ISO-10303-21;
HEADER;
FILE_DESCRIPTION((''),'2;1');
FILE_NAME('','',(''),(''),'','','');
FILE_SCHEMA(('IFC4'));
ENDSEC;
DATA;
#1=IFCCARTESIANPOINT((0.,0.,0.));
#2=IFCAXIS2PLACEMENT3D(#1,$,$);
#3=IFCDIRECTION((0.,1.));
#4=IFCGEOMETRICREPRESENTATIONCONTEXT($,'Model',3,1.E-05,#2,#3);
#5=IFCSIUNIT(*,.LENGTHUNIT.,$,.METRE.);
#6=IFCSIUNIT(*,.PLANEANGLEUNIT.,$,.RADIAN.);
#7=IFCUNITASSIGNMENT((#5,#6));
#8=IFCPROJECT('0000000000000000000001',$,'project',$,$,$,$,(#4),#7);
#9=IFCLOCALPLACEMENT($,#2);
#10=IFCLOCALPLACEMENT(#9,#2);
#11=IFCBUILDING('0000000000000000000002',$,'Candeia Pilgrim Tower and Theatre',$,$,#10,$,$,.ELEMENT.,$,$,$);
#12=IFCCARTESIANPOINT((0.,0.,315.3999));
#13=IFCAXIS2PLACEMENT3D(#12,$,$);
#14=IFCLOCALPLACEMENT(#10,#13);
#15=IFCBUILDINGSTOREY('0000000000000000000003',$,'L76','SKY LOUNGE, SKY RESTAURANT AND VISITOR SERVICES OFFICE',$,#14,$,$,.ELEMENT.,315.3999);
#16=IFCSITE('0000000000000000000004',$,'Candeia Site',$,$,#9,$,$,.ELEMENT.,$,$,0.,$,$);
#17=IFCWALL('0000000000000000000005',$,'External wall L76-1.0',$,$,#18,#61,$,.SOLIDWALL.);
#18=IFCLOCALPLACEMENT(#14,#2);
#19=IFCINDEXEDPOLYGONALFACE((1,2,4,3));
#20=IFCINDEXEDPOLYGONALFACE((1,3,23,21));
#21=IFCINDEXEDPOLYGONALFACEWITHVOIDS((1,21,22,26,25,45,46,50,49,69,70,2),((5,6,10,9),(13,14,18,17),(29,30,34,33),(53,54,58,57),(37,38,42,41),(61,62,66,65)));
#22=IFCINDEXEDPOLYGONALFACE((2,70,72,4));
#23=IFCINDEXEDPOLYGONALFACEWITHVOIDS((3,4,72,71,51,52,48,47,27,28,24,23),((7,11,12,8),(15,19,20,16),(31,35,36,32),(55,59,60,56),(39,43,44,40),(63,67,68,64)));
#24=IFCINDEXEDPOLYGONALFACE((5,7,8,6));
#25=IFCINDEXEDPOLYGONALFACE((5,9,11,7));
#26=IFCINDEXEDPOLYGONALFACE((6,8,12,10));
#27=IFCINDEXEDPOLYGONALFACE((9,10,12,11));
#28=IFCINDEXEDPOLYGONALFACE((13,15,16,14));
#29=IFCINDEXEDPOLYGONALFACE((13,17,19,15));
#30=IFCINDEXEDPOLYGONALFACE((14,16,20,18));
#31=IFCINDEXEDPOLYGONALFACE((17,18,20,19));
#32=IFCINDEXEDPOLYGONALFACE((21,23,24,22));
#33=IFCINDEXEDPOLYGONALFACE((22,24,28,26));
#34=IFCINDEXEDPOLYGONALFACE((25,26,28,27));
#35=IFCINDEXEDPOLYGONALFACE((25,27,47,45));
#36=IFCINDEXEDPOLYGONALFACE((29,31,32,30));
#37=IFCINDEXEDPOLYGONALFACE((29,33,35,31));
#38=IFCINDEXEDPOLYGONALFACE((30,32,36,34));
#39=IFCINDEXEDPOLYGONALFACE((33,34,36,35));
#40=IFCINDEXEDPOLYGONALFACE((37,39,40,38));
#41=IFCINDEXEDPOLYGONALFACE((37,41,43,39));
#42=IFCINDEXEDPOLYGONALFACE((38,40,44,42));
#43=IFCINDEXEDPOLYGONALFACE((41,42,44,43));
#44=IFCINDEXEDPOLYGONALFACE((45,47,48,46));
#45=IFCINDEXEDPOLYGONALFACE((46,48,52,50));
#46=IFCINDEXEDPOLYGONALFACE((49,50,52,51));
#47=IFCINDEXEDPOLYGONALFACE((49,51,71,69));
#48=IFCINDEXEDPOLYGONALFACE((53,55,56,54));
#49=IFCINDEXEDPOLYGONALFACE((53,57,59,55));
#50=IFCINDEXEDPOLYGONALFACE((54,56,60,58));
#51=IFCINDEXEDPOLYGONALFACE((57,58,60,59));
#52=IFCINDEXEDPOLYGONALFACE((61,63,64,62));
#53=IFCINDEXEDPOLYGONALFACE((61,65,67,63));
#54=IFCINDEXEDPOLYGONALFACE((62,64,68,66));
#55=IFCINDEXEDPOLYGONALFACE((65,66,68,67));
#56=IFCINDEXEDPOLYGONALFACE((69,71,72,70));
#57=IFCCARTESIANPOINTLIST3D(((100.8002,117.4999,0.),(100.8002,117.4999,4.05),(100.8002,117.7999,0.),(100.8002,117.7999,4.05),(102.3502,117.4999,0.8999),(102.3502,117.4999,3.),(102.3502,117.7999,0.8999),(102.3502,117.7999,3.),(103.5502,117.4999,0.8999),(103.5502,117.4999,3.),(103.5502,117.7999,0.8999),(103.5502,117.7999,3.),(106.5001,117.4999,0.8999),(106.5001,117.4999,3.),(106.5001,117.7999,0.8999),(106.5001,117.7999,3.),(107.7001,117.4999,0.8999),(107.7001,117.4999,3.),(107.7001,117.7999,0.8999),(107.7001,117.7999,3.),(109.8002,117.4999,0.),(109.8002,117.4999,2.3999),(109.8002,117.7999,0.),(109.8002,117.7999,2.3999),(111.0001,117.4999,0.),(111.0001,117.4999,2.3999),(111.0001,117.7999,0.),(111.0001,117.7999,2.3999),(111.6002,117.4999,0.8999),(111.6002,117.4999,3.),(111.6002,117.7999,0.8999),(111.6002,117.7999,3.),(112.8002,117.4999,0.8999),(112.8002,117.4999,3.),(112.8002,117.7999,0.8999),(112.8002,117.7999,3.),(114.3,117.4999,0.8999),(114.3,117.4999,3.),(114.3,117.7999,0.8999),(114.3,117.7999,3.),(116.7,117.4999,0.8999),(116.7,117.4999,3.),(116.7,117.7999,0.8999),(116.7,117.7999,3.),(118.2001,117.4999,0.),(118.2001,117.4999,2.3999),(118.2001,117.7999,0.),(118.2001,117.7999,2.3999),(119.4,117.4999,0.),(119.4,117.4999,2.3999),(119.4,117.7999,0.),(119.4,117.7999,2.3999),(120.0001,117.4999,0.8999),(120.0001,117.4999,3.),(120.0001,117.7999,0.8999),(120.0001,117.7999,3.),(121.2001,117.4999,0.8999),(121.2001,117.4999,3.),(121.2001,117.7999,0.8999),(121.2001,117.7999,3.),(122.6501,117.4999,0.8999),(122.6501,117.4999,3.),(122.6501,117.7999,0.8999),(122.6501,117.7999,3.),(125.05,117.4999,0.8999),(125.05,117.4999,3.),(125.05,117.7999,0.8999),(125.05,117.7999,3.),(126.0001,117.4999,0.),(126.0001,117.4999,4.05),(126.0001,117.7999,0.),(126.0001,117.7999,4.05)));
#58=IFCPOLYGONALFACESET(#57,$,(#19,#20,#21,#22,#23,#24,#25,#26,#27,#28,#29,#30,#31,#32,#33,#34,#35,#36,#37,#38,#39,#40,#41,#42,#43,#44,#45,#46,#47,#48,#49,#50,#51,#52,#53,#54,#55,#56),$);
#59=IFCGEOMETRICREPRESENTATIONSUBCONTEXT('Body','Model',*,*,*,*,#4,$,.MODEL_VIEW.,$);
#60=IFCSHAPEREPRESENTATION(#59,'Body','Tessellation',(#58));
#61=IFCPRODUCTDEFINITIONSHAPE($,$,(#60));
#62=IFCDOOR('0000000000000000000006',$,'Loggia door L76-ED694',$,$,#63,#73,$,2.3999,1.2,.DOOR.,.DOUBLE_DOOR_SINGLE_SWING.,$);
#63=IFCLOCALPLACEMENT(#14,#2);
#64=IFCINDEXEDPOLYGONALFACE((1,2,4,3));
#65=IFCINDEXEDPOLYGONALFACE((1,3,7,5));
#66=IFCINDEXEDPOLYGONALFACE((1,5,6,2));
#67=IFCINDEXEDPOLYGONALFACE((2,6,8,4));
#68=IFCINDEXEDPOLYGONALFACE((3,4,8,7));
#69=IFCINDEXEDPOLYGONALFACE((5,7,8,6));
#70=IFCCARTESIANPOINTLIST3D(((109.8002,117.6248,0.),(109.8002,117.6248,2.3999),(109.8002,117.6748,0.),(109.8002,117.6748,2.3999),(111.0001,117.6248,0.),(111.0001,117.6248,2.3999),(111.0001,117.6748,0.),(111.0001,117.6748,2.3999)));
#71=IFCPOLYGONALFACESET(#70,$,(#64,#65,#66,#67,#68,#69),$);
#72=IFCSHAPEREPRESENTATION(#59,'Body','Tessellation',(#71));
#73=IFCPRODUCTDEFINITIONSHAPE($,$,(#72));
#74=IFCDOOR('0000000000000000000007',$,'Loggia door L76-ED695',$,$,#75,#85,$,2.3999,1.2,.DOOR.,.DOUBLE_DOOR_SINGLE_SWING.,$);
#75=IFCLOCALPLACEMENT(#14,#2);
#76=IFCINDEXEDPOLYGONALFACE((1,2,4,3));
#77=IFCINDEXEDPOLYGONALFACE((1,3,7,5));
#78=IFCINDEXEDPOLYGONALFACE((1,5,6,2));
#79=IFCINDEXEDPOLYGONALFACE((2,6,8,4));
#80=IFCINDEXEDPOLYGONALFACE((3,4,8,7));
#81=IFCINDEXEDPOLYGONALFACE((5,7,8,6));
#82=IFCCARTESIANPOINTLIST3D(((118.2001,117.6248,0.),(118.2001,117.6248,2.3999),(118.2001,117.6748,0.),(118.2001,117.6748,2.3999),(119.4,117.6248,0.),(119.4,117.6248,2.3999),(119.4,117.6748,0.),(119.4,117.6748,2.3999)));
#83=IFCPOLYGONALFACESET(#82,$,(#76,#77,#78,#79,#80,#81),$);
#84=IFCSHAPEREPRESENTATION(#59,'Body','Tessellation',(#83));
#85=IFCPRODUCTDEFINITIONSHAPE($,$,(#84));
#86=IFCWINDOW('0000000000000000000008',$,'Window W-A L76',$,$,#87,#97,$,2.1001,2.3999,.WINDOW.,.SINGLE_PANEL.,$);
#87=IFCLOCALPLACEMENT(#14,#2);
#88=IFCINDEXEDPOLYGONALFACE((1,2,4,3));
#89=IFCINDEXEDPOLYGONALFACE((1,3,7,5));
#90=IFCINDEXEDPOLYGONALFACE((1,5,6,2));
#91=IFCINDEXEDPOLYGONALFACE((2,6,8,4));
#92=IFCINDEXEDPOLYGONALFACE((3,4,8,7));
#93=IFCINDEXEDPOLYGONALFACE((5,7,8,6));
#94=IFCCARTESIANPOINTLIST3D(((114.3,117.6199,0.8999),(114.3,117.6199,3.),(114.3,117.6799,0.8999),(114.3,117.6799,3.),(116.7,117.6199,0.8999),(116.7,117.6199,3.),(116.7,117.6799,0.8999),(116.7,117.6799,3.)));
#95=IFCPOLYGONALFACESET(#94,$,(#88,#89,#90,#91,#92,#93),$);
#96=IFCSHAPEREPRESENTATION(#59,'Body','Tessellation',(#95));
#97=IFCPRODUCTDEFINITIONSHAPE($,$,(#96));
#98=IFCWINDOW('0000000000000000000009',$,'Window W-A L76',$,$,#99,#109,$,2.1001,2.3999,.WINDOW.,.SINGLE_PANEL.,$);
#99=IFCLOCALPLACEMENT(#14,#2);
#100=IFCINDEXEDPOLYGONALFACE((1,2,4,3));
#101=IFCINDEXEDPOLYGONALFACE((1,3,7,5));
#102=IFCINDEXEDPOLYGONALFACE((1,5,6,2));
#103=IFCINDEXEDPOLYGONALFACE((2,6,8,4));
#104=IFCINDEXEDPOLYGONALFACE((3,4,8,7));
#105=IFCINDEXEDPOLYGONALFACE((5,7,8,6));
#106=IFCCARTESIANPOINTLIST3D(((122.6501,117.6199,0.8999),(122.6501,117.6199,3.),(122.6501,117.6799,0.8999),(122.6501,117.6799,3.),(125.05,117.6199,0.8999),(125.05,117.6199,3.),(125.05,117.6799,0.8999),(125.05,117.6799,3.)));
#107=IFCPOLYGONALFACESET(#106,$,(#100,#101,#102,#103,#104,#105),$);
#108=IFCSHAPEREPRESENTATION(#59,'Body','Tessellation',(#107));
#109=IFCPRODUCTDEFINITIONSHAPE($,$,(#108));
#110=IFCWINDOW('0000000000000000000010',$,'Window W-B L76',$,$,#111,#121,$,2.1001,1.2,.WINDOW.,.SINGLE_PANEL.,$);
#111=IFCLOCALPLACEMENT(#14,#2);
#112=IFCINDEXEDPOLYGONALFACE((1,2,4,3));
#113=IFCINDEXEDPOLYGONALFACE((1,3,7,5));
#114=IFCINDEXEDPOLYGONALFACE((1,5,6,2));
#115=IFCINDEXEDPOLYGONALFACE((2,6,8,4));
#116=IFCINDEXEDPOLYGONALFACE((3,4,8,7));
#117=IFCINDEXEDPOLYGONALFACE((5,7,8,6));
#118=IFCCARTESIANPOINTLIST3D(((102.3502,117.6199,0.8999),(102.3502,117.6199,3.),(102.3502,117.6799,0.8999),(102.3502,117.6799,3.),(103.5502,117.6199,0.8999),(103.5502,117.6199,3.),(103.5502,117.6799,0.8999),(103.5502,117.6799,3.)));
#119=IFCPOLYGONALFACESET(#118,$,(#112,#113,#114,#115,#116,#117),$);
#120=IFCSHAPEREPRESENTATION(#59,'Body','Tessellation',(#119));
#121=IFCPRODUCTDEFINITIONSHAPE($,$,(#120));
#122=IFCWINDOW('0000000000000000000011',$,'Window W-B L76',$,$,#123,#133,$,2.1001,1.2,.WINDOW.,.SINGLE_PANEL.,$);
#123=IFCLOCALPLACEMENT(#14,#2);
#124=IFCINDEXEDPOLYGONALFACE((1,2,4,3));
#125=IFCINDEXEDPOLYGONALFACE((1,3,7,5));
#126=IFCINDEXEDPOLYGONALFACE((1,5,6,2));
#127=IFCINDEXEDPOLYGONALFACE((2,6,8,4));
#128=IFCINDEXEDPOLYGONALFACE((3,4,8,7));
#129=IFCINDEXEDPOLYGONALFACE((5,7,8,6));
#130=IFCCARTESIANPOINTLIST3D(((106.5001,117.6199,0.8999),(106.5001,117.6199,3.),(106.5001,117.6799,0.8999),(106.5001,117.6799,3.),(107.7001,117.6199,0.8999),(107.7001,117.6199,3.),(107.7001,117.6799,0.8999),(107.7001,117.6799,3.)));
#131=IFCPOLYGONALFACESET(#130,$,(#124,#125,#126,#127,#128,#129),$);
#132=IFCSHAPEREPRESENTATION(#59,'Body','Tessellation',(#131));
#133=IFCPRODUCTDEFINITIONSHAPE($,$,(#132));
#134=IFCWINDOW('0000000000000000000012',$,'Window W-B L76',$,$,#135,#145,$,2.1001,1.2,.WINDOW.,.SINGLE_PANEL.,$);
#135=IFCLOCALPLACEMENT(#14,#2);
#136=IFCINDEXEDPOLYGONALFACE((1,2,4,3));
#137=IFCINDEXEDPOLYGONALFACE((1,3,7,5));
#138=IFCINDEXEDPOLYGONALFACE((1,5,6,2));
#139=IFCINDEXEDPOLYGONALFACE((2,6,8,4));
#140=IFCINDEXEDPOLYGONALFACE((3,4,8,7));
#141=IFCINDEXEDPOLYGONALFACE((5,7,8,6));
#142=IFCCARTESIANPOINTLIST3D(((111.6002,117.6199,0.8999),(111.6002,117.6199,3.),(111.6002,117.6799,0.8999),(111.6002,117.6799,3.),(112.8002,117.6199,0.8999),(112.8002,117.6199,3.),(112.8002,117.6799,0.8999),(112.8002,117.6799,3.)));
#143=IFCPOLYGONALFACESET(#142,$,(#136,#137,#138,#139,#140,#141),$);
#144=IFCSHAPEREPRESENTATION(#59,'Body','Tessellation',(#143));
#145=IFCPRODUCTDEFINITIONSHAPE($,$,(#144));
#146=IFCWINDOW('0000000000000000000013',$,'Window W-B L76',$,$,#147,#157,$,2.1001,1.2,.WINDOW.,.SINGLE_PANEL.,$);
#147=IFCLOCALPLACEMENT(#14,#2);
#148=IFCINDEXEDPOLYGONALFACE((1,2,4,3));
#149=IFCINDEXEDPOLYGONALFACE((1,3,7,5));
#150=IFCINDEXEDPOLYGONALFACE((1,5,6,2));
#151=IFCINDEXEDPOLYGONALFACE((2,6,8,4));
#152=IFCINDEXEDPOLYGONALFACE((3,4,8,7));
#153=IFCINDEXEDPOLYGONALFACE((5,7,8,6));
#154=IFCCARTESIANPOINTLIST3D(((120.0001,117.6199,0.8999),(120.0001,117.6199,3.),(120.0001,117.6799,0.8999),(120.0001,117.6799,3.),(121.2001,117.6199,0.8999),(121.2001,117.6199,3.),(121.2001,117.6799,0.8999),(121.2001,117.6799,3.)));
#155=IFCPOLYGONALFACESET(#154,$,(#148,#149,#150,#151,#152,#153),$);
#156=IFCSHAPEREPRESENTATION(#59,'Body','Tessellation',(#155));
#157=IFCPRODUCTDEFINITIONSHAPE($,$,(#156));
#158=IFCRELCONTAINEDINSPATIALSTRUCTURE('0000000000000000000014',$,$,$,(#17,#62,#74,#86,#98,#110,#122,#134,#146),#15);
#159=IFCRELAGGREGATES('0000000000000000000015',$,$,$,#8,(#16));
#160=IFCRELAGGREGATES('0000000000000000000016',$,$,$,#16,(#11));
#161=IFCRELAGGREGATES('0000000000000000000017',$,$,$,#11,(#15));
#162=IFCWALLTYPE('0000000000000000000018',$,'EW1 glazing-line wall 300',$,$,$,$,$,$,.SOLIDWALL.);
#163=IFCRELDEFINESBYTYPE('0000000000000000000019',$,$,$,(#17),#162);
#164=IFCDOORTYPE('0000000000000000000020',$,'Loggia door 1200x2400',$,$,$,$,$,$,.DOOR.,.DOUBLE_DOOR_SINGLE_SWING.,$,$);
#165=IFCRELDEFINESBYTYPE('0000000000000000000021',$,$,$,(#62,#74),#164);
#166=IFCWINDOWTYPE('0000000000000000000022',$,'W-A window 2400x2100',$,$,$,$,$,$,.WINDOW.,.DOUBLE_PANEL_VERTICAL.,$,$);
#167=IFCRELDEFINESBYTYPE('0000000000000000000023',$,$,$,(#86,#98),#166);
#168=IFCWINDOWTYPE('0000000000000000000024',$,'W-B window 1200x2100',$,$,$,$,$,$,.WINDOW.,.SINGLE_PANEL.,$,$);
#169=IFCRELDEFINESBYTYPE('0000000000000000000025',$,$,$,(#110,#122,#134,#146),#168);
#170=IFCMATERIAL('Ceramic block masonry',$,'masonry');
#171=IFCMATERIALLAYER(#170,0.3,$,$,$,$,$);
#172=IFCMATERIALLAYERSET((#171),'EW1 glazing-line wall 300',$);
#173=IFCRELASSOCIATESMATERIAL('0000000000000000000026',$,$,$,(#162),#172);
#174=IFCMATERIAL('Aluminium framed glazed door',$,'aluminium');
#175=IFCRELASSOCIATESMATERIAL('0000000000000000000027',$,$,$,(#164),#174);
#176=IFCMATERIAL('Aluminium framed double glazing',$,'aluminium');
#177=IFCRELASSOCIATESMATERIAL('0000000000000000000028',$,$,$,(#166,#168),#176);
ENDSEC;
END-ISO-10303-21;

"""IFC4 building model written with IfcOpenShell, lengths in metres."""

from ifc_helpers import new_model, si_unit, direction, frame, frame_2d, origin, place, context, subcontext, project, spatial, rectangle, extrude, material, layer, layer_set, type_object, element, fill, save


model = new_model("IFC4")

# Units and contexts
model_context = context("Model", 3, precision=1e-05, world=origin(), true_north=direction((0.0, 1.0)))
body_context = subcontext(model_context, "Body", "Model", "MODEL_VIEW")
ifc_project = project(units=[si_unit("LENGTHUNIT", "METRE"), si_unit("PLANEANGLEUNIT", "RADIAN")], contexts=[model_context])

# Site, building, storey
site_placement = place(None, origin())
site = spatial("IfcSite", under=ifc_project, at=site_placement, Name="Candeia Site", CompositionType="ELEMENT", RefElevation=0.0)
building_placement = place(site_placement, origin())
building = spatial("IfcBuilding", under=site, at=building_placement, Name="Candeia Pilgrim Tower and Theatre", CompositionType="ELEMENT")
storey_placement = place(building_placement, frame((0.0, 0.0, 315.3999)))
storey = spatial("IfcBuildingStorey", under=building, at=storey_placement, Name="L76", Description="SKY LOUNGE, SKY RESTAURANT AND VISITOR SERVICES OFFICE", CompositionType="ELEMENT", Elevation=315.3999)

# Wall, openings, doors, windows
ifc_material_1 = material(Name="Ceramic block masonry", Category="masonry")
ifc_layer_1 = layer(ifc_material_1, 0.3)
ifc_layer_set_1 = layer_set([ifc_layer_1], Name="EW1 glazing-line wall 300")
wall_type_1 = type_object("IfcWallType", Name="EW1 glazing-line wall 300", PredefinedType="SOLIDWALL", material=ifc_layer_set_1)
wall_1_placement = place(storey_placement, frame((100.8, 117.6499, 0.0), z_axis=(0.0, 0.0, 1.0), x_axis=(1.0, 0.0, 0.0)))
wall_1 = element("IfcWall", 1, at=wall_1_placement, inside=storey, type_object=wall_type_1, Name="External wall L76-1.0", PredefinedType="SOLIDWALL", context=body_context, shape_type="SweptSolid", body=[
    extrude(rectangle(XDim=25.2, YDim=0.3, at=frame_2d((12.6001, 0.0))), origin(), (0.0, 0.0, 1.0), 4.05),
])
opening_1_placement = place(wall_1_placement, frame((1.55, 0.0, 0.8999)))
opening_1 = element("IfcOpeningElement", 2, at=opening_1_placement, cuts=wall_1, PredefinedType="OPENING", context=body_context, shape_type="SweptSolid", body=[
    extrude(rectangle(XDim=1.2, YDim=2.1001, at=frame_2d((0.6001, 1.05))), frame((0.0, 0.1602, 0.0), z_axis=(0.0, -1.0, 0.0), x_axis=(1.0, 0.0, 0.0)), (0.0, 0.0, 1.0), 0.3201),
])
opening_2_placement = place(wall_1_placement, frame((5.7, 0.0, 0.8999)))
opening_2 = element("IfcOpeningElement", 3, at=opening_2_placement, cuts=wall_1, PredefinedType="OPENING", context=body_context, shape_type="SweptSolid", body=[
    extrude(rectangle(XDim=1.2, YDim=2.1001, at=frame_2d((0.6001, 1.05))), frame((0.0, 0.1602, 0.0), z_axis=(0.0, -1.0, 0.0), x_axis=(1.0, 0.0, 0.0)), (0.0, 0.0, 1.0), 0.3201),
])
opening_3_placement = place(wall_1_placement, frame((9.0, 0.0, 0.0)))
opening_3 = element("IfcOpeningElement", 4, at=opening_3_placement, cuts=wall_1, PredefinedType="OPENING", context=body_context, shape_type="SweptSolid", body=[
    extrude(rectangle(XDim=1.2, YDim=2.3999, at=frame_2d((0.6001, 1.2))), frame((0.0, 0.1602, 0.0), z_axis=(0.0, -1.0, 0.0), x_axis=(1.0, 0.0, 0.0)), (0.0, 0.0, 1.0), 0.3201),
])
opening_4_placement = place(wall_1_placement, frame((10.8, 0.0, 0.8999)))
opening_4 = element("IfcOpeningElement", 5, at=opening_4_placement, cuts=wall_1, PredefinedType="OPENING", context=body_context, shape_type="SweptSolid", body=[
    extrude(rectangle(XDim=1.2, YDim=2.1001, at=frame_2d((0.6001, 1.05))), frame((0.0, 0.1602, 0.0), z_axis=(0.0, -1.0, 0.0), x_axis=(1.0, 0.0, 0.0)), (0.0, 0.0, 1.0), 0.3201),
])
opening_5_placement = place(wall_1_placement, frame((13.5, 0.0, 0.8999)))
opening_5 = element("IfcOpeningElement", 6, at=opening_5_placement, cuts=wall_1, PredefinedType="OPENING", context=body_context, shape_type="SweptSolid", body=[
    extrude(rectangle(XDim=2.3999, YDim=2.1001, at=frame_2d((1.2, 1.05))), frame((0.0, 0.1602, 0.0), z_axis=(0.0, -1.0, 0.0), x_axis=(1.0, 0.0, 0.0)), (0.0, 0.0, 1.0), 0.3201),
])
opening_6_placement = place(wall_1_placement, frame((17.3999, 0.0, 0.0)))
opening_6 = element("IfcOpeningElement", 7, at=opening_6_placement, cuts=wall_1, PredefinedType="OPENING", context=body_context, shape_type="SweptSolid", body=[
    extrude(rectangle(XDim=1.2, YDim=2.3999, at=frame_2d((0.6001, 1.2))), frame((0.0, 0.1602, 0.0), z_axis=(0.0, -1.0, 0.0), x_axis=(1.0, 0.0, 0.0)), (0.0, 0.0, 1.0), 0.3201),
])
opening_7_placement = place(wall_1_placement, frame((19.2, 0.0, 0.8999)))
opening_7 = element("IfcOpeningElement", 8, at=opening_7_placement, cuts=wall_1, PredefinedType="OPENING", context=body_context, shape_type="SweptSolid", body=[
    extrude(rectangle(XDim=1.2, YDim=2.1001, at=frame_2d((0.6001, 1.05))), frame((0.0, 0.1602, 0.0), z_axis=(0.0, -1.0, 0.0), x_axis=(1.0, 0.0, 0.0)), (0.0, 0.0, 1.0), 0.3201),
])
opening_8_placement = place(wall_1_placement, frame((21.8501, 0.0, 0.8999)))
opening_8 = element("IfcOpeningElement", 9, at=opening_8_placement, cuts=wall_1, PredefinedType="OPENING", context=body_context, shape_type="SweptSolid", body=[
    extrude(rectangle(XDim=2.3999, YDim=2.1001, at=frame_2d((1.2, 1.05))), frame((0.0, 0.1602, 0.0), z_axis=(0.0, -1.0, 0.0), x_axis=(1.0, 0.0, 0.0)), (0.0, 0.0, 1.0), 0.3201),
])
ifc_material_2 = material(Name="Aluminium framed glazed door", Category="aluminium")
door_type_1 = type_object("IfcDoorType", Name="Loggia door 1200x2400", OperationType="DOUBLE_DOOR_SINGLE_SWING", PredefinedType="DOOR", material=ifc_material_2)
door_1_placement = place(opening_3_placement, origin())
door_1 = element("IfcDoor", 10, at=door_1_placement, inside=storey, type_object=door_type_1, Name="Loggia door L76-ED694", OperationType="DOUBLE_DOOR_SINGLE_SWING", OverallHeight=2.3999, OverallWidth=1.2, PredefinedType="DOOR", context=body_context, shape_type="SweptSolid", body=[
    extrude(rectangle(XDim=1.2, YDim=2.3999, at=frame_2d((0.6001, 1.2))), frame((0.0, 0.0249, 0.0), z_axis=(0.0, -1.0, 0.0), x_axis=(1.0, 0.0, 0.0)), (0.0, 0.0, 1.0), 0.05),
])
fill(opening_3, door_1)
door_2_placement = place(opening_6_placement, origin())
door_2 = element("IfcDoor", 11, at=door_2_placement, inside=storey, type_object=door_type_1, Name="Loggia door L76-ED695", OperationType="DOUBLE_DOOR_SINGLE_SWING", OverallHeight=2.3999, OverallWidth=1.2, PredefinedType="DOOR", context=body_context, shape_type="SweptSolid", body=[
    extrude(rectangle(XDim=1.2, YDim=2.3999, at=frame_2d((0.6001, 1.2))), frame((0.0, 0.0249, 0.0), z_axis=(0.0, -1.0, 0.0), x_axis=(1.0, 0.0, 0.0)), (0.0, 0.0, 1.0), 0.05),
])
fill(opening_6, door_2)
ifc_material_3 = material(Name="Aluminium framed double glazing", Category="aluminium")
window_type_1 = type_object("IfcWindowType", Name="W-A window 2400x2100", PartitioningType="DOUBLE_PANEL_VERTICAL", PredefinedType="WINDOW", material=ifc_material_3)
window_1_placement = place(opening_5_placement, origin())
window_1 = element("IfcWindow", 12, at=window_1_placement, inside=storey, type_object=window_type_1, Name="Window W-A L76", OverallHeight=2.1001, OverallWidth=2.3999, PartitioningType="SINGLE_PANEL", PredefinedType="WINDOW", context=body_context, shape_type="SweptSolid", body=[
    extrude(rectangle(XDim=2.3999, YDim=2.1001, at=frame_2d((1.2, 1.05))), frame((0.0, 0.03, 0.0), z_axis=(0.0, -1.0, 0.0), x_axis=(1.0, 0.0, 0.0)), (0.0, 0.0, 1.0), 0.0601),
])
fill(opening_5, window_1)
window_2_placement = place(opening_8_placement, origin())
window_2 = element("IfcWindow", 13, at=window_2_placement, inside=storey, type_object=window_type_1, Name="Window W-A L76", OverallHeight=2.1001, OverallWidth=2.3999, PartitioningType="SINGLE_PANEL", PredefinedType="WINDOW", context=body_context, shape_type="SweptSolid", body=[
    extrude(rectangle(XDim=2.3999, YDim=2.1001, at=frame_2d((1.2, 1.05))), frame((0.0, 0.03, 0.0), z_axis=(0.0, -1.0, 0.0), x_axis=(1.0, 0.0, 0.0)), (0.0, 0.0, 1.0), 0.0601),
])
fill(opening_8, window_2)
window_type_2 = type_object("IfcWindowType", Name="W-B window 1200x2100", PartitioningType="SINGLE_PANEL", PredefinedType="WINDOW", material=ifc_material_3)
window_3_placement = place(opening_1_placement, origin())
window_3 = element("IfcWindow", 14, at=window_3_placement, inside=storey, type_object=window_type_2, Name="Window W-B L76", OverallHeight=2.1001, OverallWidth=1.2, PartitioningType="SINGLE_PANEL", PredefinedType="WINDOW", context=body_context, shape_type="SweptSolid", body=[
    extrude(rectangle(XDim=1.2, YDim=2.1001, at=frame_2d((0.6001, 1.05))), frame((0.0, 0.03, 0.0), z_axis=(0.0, -1.0, 0.0), x_axis=(1.0, 0.0, 0.0)), (0.0, 0.0, 1.0), 0.0601),
])
fill(opening_1, window_3)
window_4_placement = place(opening_2_placement, origin())
window_4 = element("IfcWindow", 15, at=window_4_placement, inside=storey, type_object=window_type_2, Name="Window W-B L76", OverallHeight=2.1001, OverallWidth=1.2, PartitioningType="SINGLE_PANEL", PredefinedType="WINDOW", context=body_context, shape_type="SweptSolid", body=[
    extrude(rectangle(XDim=1.2, YDim=2.1001, at=frame_2d((0.6001, 1.05))), frame((0.0, 0.03, 0.0), z_axis=(0.0, -1.0, 0.0), x_axis=(1.0, 0.0, 0.0)), (0.0, 0.0, 1.0), 0.0601),
])
fill(opening_2, window_4)
window_5_placement = place(opening_4_placement, origin())
window_5 = element("IfcWindow", 16, at=window_5_placement, inside=storey, type_object=window_type_2, Name="Window W-B L76", OverallHeight=2.1001, OverallWidth=1.2, PartitioningType="SINGLE_PANEL", PredefinedType="WINDOW", context=body_context, shape_type="SweptSolid", body=[
    extrude(rectangle(XDim=1.2, YDim=2.1001, at=frame_2d((0.6001, 1.05))), frame((0.0, 0.03, 0.0), z_axis=(0.0, -1.0, 0.0), x_axis=(1.0, 0.0, 0.0)), (0.0, 0.0, 1.0), 0.0601),
])
fill(opening_4, window_5)
window_6_placement = place(opening_7_placement, origin())
window_6 = element("IfcWindow", 17, at=window_6_placement, inside=storey, type_object=window_type_2, Name="Window W-B L76", OverallHeight=2.1001, OverallWidth=1.2, PartitioningType="SINGLE_PANEL", PredefinedType="WINDOW", context=body_context, shape_type="SweptSolid", body=[
    extrude(rectangle(XDim=1.2, YDim=2.1001, at=frame_2d((0.6001, 1.05))), frame((0.0, 0.03, 0.0), z_axis=(0.0, -1.0, 0.0), x_axis=(1.0, 0.0, 0.0)), (0.0, 0.0, 1.0), 0.0601),
])
fill(opening_7, window_6)

save(model, "model.ifc")
